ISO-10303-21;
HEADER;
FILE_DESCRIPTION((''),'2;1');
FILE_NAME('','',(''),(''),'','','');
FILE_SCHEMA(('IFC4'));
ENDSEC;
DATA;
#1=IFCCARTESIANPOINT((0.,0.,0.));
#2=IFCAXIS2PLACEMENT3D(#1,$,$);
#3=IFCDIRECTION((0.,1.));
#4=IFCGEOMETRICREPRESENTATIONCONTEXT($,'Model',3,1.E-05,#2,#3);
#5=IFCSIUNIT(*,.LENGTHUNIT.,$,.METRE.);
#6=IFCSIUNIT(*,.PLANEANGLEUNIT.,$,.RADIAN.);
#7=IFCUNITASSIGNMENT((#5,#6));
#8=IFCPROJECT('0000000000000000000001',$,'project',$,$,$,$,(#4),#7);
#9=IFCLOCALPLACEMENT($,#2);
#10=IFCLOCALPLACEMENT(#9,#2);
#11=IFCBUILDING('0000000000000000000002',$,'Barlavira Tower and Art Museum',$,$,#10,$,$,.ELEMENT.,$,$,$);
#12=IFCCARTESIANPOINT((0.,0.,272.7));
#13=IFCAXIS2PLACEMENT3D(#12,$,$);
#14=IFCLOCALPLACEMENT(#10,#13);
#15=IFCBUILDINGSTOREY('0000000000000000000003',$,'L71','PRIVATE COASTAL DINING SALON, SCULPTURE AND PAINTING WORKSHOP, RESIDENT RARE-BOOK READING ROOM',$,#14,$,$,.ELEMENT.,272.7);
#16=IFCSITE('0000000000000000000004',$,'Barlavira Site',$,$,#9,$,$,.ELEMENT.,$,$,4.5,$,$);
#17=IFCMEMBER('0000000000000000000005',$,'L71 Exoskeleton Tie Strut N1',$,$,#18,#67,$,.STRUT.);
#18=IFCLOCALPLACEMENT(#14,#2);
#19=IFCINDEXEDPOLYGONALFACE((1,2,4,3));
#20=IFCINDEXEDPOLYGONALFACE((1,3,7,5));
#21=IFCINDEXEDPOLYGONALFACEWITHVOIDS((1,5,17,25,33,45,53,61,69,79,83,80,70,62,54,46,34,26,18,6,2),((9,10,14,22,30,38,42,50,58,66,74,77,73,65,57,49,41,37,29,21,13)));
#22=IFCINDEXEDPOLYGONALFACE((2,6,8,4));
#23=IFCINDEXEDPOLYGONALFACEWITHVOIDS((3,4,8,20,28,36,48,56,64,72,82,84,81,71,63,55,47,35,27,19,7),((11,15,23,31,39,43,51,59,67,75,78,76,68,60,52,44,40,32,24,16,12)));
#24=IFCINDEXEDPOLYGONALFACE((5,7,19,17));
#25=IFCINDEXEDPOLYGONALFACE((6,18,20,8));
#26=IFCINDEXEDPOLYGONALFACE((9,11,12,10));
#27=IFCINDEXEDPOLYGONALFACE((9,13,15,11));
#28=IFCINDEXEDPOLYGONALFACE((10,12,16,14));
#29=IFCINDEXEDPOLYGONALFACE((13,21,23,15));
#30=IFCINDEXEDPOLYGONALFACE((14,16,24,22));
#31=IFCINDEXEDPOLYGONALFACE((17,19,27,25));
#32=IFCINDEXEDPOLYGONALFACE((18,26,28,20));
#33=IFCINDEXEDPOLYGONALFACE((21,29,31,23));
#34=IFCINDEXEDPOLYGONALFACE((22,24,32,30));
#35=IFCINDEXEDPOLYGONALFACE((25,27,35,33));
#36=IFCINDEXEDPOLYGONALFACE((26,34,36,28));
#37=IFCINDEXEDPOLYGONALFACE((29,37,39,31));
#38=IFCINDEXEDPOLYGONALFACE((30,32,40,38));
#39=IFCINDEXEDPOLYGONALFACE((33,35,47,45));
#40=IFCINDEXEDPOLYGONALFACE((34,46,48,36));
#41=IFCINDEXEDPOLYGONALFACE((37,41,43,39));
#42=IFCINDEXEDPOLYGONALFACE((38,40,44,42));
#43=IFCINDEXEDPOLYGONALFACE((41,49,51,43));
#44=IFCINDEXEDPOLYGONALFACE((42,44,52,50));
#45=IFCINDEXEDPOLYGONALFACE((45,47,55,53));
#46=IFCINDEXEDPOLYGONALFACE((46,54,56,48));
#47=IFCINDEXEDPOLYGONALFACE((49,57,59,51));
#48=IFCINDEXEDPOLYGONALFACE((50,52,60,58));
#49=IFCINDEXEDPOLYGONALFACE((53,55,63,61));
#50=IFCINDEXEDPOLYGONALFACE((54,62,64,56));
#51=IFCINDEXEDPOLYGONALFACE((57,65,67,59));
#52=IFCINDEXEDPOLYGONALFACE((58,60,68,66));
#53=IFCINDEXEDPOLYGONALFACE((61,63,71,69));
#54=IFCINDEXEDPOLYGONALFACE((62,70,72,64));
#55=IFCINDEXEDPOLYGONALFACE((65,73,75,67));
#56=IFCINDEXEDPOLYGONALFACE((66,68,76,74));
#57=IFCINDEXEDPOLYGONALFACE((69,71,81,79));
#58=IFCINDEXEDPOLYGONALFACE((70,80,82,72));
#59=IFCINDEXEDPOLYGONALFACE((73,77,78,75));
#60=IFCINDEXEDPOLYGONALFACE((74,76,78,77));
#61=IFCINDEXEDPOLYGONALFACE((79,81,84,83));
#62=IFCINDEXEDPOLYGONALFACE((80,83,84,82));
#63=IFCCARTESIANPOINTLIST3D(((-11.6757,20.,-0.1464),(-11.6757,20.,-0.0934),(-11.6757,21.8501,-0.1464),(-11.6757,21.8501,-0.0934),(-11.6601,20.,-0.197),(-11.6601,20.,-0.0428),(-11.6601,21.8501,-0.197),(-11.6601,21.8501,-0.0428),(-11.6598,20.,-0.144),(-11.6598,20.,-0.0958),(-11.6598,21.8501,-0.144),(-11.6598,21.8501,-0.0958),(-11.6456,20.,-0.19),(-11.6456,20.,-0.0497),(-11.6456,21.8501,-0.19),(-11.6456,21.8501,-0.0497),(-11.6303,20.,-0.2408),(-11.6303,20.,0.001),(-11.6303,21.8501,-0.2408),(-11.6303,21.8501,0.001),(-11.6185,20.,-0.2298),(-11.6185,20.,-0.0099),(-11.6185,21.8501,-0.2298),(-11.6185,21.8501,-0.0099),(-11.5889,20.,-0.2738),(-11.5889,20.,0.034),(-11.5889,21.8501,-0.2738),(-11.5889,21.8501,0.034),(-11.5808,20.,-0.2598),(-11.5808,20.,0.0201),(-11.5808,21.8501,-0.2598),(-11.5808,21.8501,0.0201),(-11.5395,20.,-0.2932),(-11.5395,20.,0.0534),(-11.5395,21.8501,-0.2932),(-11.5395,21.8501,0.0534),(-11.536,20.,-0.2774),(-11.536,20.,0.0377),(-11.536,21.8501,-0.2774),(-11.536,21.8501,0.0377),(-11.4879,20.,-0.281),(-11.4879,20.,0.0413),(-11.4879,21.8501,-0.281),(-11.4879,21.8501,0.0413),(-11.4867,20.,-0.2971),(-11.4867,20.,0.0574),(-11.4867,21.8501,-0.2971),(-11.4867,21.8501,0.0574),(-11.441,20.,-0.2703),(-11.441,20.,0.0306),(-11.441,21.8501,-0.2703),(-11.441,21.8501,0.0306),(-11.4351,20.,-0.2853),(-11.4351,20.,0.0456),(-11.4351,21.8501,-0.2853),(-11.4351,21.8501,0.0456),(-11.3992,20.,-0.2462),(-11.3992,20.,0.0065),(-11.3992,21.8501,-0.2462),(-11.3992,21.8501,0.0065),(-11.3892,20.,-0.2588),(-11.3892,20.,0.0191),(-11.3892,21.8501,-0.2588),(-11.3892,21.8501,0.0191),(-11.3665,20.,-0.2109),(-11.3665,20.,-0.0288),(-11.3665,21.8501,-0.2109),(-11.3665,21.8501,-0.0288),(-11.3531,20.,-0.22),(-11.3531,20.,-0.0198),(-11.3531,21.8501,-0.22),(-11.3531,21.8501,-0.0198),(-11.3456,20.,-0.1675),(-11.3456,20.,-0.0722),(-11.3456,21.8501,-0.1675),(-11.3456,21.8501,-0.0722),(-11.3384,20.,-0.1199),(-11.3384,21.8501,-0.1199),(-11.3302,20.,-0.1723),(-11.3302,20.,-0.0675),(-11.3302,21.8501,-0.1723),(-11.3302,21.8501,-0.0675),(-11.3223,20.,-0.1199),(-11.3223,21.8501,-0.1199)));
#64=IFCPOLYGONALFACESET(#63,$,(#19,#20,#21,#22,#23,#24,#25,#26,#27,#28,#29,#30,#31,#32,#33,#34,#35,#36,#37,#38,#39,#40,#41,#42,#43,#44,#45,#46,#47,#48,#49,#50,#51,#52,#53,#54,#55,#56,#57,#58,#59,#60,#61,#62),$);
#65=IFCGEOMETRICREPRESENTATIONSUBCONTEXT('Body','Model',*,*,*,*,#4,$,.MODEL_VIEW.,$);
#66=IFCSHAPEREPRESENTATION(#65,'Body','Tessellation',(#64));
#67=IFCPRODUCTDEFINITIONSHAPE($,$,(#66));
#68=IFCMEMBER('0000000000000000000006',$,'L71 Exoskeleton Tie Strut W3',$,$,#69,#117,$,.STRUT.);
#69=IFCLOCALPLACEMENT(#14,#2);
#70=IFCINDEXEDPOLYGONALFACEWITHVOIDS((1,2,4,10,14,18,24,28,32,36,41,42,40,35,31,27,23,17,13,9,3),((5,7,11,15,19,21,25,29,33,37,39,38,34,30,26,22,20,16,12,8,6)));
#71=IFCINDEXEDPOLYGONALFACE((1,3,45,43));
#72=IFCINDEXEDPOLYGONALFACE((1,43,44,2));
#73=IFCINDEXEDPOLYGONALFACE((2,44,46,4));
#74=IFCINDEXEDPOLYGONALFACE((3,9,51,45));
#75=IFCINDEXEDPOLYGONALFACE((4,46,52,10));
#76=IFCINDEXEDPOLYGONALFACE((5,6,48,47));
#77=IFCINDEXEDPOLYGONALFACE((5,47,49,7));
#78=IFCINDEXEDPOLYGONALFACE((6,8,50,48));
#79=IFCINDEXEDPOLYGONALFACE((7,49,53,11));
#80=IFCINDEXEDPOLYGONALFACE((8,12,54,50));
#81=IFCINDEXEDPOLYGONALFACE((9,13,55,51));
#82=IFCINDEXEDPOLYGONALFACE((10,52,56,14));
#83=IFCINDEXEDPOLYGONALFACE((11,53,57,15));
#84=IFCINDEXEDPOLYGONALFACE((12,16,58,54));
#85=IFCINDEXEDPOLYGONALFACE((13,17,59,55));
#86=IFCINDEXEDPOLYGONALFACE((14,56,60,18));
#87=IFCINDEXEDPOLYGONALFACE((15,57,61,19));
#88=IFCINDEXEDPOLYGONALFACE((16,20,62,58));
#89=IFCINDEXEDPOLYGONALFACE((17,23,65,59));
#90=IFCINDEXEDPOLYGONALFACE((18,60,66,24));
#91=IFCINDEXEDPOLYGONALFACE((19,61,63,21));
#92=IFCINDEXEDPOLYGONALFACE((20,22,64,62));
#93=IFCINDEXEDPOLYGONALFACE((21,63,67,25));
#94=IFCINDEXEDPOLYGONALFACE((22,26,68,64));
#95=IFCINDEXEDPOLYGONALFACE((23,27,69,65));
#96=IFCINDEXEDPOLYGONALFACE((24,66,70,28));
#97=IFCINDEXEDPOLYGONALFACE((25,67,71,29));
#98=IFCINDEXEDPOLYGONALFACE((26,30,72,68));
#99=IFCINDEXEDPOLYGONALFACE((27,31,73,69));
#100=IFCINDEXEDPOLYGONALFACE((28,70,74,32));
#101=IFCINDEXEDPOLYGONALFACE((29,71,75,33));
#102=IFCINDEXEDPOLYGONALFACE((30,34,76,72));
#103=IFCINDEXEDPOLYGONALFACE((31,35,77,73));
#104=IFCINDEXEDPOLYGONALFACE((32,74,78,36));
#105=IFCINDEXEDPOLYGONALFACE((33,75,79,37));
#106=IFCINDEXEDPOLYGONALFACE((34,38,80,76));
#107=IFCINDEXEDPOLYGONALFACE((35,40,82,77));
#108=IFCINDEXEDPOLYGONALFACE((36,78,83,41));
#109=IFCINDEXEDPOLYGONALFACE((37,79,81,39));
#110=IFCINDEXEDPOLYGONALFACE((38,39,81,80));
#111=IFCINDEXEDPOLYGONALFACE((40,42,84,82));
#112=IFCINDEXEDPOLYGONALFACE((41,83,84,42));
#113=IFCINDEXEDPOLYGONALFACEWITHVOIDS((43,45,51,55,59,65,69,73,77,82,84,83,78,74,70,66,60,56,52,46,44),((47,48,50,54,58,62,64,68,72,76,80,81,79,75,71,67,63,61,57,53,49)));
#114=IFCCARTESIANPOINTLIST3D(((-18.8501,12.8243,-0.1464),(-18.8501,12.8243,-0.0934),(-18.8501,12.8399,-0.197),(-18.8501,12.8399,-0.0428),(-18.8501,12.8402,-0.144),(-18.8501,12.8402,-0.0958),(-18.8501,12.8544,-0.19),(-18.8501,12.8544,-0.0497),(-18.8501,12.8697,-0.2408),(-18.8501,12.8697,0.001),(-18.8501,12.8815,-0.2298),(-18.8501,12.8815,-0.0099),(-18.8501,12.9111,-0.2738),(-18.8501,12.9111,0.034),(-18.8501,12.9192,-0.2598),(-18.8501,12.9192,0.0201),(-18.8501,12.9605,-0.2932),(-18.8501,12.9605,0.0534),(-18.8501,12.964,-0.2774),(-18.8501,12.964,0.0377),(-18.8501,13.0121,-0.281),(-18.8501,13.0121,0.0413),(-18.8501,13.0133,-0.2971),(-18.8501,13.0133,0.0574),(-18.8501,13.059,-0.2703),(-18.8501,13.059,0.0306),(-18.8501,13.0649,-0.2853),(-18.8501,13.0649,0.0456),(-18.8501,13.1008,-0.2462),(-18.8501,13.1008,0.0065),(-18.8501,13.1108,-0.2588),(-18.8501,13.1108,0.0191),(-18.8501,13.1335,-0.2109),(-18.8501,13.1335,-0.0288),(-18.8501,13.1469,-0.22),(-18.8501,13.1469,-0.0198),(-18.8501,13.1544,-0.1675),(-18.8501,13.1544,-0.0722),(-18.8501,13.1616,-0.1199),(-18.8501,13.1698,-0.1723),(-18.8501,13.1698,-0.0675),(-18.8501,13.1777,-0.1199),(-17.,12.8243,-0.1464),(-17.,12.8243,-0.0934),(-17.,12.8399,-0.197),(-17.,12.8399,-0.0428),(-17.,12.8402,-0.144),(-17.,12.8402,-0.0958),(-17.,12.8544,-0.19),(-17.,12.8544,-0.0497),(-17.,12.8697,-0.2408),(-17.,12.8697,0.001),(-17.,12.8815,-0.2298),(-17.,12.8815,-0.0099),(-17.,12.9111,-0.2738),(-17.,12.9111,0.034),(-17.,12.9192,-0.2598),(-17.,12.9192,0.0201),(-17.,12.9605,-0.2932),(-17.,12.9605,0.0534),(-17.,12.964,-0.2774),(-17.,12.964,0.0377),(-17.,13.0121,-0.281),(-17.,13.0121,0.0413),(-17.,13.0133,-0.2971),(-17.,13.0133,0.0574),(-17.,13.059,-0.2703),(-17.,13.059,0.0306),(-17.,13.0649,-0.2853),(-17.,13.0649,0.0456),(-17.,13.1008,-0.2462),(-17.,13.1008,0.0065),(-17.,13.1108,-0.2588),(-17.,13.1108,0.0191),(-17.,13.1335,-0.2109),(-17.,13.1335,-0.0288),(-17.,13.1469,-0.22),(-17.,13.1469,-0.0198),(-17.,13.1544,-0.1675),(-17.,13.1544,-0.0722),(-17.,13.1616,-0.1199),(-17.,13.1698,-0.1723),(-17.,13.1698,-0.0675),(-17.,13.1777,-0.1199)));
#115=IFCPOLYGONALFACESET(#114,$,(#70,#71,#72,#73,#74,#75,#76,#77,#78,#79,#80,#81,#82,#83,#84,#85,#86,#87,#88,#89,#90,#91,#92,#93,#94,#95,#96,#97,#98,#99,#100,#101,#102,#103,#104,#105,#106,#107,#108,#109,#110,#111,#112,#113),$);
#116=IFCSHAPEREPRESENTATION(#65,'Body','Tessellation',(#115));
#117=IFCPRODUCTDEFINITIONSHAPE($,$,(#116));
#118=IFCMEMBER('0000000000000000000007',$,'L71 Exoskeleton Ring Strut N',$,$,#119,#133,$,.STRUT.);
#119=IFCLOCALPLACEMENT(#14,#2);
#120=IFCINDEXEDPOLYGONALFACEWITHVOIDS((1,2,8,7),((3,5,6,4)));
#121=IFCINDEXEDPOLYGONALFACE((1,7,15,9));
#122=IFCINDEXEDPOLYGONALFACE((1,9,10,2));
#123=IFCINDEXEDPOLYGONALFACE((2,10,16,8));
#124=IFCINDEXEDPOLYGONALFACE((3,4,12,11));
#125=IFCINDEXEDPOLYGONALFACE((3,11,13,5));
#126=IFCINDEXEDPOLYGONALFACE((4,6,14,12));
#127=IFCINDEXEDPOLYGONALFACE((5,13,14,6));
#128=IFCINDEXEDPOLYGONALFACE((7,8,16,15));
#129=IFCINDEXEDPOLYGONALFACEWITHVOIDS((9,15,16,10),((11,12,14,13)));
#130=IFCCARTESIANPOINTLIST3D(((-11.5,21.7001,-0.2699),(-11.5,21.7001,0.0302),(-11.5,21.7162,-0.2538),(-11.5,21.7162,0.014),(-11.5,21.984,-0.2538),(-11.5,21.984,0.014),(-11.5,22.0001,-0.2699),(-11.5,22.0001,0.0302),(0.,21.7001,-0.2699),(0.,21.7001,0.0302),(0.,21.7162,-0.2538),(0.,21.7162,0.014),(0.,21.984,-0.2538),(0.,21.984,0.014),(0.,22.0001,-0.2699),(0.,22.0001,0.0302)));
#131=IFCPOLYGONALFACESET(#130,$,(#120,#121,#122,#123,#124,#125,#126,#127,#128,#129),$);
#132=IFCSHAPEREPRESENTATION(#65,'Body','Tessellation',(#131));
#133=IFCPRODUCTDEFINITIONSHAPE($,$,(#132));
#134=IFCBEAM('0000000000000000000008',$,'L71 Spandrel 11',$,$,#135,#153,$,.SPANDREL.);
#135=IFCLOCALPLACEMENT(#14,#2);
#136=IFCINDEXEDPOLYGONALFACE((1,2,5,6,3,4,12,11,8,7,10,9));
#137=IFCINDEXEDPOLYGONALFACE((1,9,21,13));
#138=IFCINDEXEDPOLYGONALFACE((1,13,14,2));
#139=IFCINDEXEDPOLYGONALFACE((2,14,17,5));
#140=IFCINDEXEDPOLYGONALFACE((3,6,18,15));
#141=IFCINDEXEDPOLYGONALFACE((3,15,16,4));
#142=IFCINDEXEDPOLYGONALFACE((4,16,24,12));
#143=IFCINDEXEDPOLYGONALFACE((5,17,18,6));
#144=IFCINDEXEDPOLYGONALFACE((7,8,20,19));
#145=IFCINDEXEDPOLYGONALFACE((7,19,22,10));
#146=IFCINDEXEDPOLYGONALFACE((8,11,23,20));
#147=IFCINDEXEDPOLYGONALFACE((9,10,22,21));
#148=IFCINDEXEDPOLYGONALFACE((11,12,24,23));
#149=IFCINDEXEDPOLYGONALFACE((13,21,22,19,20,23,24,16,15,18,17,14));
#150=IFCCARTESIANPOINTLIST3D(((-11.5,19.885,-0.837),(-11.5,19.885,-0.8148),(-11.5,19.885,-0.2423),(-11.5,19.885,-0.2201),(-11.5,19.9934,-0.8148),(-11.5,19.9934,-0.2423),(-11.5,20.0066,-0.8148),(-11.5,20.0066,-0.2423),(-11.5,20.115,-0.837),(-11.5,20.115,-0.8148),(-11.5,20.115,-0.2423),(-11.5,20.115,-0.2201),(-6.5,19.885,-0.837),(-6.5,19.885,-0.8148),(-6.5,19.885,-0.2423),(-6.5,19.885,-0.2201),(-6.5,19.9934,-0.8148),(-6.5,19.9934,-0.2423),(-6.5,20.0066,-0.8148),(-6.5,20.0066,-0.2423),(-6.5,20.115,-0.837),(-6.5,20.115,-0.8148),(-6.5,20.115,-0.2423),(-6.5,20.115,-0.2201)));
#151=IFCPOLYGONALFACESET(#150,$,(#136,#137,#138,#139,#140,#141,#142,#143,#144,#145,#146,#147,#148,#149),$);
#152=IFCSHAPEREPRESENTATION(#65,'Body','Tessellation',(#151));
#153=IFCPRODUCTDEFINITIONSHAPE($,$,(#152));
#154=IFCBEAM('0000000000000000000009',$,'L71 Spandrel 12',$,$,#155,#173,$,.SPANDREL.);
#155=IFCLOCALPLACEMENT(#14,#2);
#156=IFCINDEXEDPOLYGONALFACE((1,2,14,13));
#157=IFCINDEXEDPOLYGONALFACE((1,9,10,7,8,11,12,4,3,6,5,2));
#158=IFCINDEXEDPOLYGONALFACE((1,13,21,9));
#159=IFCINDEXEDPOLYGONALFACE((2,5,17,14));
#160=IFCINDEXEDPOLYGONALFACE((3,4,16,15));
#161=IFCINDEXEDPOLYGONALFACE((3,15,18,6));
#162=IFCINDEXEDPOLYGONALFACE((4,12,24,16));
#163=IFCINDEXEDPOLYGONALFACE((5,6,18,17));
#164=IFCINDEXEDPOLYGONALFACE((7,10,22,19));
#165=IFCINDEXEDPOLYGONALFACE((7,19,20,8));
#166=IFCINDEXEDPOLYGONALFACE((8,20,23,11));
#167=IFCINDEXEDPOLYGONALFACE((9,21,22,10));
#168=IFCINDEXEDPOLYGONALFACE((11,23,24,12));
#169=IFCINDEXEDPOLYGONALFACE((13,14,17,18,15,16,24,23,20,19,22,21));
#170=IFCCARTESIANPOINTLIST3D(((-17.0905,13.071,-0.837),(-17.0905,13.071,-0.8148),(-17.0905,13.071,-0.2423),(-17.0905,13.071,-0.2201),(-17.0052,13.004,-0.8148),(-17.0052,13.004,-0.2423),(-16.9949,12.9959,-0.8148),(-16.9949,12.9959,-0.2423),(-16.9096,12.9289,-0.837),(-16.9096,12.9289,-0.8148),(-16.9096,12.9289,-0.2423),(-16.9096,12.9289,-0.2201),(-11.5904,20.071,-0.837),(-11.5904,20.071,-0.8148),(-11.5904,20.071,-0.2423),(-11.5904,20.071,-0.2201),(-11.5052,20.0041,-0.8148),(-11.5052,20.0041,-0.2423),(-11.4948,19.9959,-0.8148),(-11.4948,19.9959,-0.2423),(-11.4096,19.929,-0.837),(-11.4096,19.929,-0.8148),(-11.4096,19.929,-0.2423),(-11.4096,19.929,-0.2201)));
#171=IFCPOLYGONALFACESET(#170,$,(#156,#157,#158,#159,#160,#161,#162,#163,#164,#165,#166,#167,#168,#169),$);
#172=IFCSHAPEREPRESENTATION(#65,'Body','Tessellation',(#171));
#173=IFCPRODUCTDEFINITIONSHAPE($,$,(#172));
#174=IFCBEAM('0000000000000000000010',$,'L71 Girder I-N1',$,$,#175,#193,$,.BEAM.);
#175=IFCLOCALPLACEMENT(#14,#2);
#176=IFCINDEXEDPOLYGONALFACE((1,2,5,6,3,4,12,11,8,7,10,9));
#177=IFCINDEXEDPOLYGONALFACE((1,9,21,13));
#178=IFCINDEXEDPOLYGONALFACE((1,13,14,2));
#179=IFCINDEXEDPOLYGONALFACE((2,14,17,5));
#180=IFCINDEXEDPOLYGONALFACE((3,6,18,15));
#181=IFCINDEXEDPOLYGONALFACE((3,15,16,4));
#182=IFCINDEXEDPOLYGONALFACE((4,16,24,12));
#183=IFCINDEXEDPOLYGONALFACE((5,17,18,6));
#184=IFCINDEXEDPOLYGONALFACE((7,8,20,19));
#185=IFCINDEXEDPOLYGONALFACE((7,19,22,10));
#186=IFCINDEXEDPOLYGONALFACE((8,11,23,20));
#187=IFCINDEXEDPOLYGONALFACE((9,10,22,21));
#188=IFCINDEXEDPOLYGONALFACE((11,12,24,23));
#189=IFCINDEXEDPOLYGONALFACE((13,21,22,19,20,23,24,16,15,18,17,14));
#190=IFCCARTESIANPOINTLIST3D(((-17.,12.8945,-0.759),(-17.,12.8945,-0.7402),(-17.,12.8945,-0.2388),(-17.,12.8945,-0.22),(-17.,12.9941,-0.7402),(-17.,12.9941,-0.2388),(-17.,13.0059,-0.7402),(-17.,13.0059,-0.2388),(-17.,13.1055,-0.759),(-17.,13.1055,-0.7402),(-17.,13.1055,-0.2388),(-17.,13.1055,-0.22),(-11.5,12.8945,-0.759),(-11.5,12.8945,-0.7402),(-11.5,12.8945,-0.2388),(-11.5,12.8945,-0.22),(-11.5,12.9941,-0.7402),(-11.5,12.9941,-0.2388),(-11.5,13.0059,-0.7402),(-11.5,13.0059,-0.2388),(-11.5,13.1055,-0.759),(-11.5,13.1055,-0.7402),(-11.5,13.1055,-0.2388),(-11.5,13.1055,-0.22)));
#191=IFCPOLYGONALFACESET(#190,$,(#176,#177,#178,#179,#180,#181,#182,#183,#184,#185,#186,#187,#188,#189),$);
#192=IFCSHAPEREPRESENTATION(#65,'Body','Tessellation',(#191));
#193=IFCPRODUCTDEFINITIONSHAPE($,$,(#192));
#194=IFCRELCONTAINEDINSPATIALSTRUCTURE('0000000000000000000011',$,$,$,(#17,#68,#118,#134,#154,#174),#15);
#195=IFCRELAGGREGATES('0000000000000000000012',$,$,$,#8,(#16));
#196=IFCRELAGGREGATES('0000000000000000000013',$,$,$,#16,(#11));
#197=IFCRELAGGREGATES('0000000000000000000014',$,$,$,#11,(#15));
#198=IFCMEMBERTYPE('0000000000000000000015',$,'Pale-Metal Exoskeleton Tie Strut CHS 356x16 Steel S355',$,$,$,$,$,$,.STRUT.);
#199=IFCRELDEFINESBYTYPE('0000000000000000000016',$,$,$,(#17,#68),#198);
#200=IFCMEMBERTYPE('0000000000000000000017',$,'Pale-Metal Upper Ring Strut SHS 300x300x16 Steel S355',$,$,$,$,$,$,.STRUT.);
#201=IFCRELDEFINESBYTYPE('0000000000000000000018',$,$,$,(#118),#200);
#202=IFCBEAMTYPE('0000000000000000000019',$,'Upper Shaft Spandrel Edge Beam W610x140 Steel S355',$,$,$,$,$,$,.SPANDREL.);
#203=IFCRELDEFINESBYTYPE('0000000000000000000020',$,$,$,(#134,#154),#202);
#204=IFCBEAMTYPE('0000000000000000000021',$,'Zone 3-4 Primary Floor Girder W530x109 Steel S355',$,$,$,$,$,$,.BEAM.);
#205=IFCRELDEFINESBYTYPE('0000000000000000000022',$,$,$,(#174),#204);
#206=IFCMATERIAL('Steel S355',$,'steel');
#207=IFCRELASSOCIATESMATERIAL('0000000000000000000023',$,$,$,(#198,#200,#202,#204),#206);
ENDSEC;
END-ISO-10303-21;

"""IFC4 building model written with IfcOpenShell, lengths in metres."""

from ifc_helpers import new_model, si_unit, direction, frame, origin, origin_2d, place, context, subcontext, project, spatial, hollow_rectangle, hollow_circle, i_section, extrude, material, material_profile, profile_set, type_object, element, save


model = new_model("IFC4")

# Units and contexts
model_context = context("Model", 3, precision=1e-05, world=origin(), true_north=direction((0.0, 1.0)))
body_context = subcontext(model_context, "Body", "Model", "MODEL_VIEW")
ifc_project = project(units=[si_unit("LENGTHUNIT", "METRE"), si_unit("PLANEANGLEUNIT", "RADIAN")], contexts=[model_context])

# Site, building, storey
site_placement = place(None, origin())
site = spatial("IfcSite", under=ifc_project, at=site_placement, Name="Barlavira Site", CompositionType="ELEMENT", RefElevation=4.5)
building_placement = place(site_placement, origin())
building = spatial("IfcBuilding", under=site, at=building_placement, Name="Barlavira Tower and Art Museum", CompositionType="ELEMENT")
storey_placement = place(building_placement, frame((0.0, 0.0, 272.7)))
storey = spatial("IfcBuildingStorey", under=building, at=storey_placement, Name="L71", Description="PRIVATE COASTAL DINING SALON, SCULPTURE AND PAINTING WORKSHOP, RESIDENT RARE-BOOK READING ROOM", CompositionType="ELEMENT", Elevation=272.7)

# Shared definitions
ifc_material_1 = material(Name="Steel S355", Category="steel")

# Members
ifc_material_profile_1 = material_profile(ifc_material_1, hollow_circle(Radius=0.1777, WallThickness=0.0161, at=origin_2d()), Name="CHS 355.6x16.0")
ifc_profile_set_1 = profile_set([ifc_material_profile_1], Name="Steel S355")
member_type_1 = type_object("IfcMemberType", Name="Pale-Metal Exoskeleton Tie Strut CHS 356x16 Steel S355", PredefinedType="STRUT", material=ifc_profile_set_1)
for number, where, z_axis, x_axis, name in (
    (1, (-11.5, 21.8501, -0.1199), (0.0, -1.0, 0.0), (1.0, 0.0, 0.0), "L71 Exoskeleton Tie Strut N1"),
    (2, (-18.8501, 13.0, -0.1199), (1.0, 0.0, 0.0), (0.0, 1.0, 0.0), "L71 Exoskeleton Tie Strut W3"),
):
    element("IfcMember", number, at=place(storey_placement, frame(where, z_axis=z_axis, x_axis=x_axis)), inside=storey, type_object=member_type_1, Name=name, PredefinedType="STRUT", context=body_context, shape_type="SweptSolid", body=[
        extrude(hollow_circle(Radius=0.1777, WallThickness=0.0161, at=origin_2d()), origin(), (0.0, 0.0, 1.0), 1.8501),
    ])
ifc_material_profile_2 = material_profile(ifc_material_1, hollow_rectangle(XDim=0.3, YDim=0.3, WallThickness=0.0161, at=origin_2d()), Name="SHS 300x300x16.0")
ifc_profile_set_2 = profile_set([ifc_material_profile_2], Name="Steel S355")
member_type_2 = type_object("IfcMemberType", Name="Pale-Metal Upper Ring Strut SHS 300x300x16 Steel S355", PredefinedType="STRUT", material=ifc_profile_set_2)
member_1_placement = place(storey_placement, frame((-11.5, 21.8501, -0.1199), z_axis=(1.0, 0.0, 0.0), x_axis=(0.0, 1.0, 0.0)))
element("IfcMember", 3, at=member_1_placement, inside=storey, type_object=member_type_2, Name="L71 Exoskeleton Ring Strut N", PredefinedType="STRUT", context=body_context, shape_type="SweptSolid", body=[
    extrude(hollow_rectangle(XDim=0.3, YDim=0.3, WallThickness=0.0161, at=origin_2d()), origin(), (0.0, 0.0, 1.0), 11.5),
])

# Beams
ifc_material_profile_3 = material_profile(ifc_material_1, i_section(OverallWidth=0.23, OverallDepth=0.6169, WebThickness=0.0132, FlangeThickness=0.0222, at=origin_2d()), Name="W610x140.0")
ifc_profile_set_3 = profile_set([ifc_material_profile_3], Name="Steel S355")
beam_type_1 = type_object("IfcBeamType", Name="Upper Shaft Spandrel Edge Beam W610x140 Steel S355", PredefinedType="SPANDREL", material=ifc_profile_set_3)
beam_1_placement = place(storey_placement, frame((-11.5, 20.0, -0.5286), z_axis=(1.0, 0.0, 0.0), x_axis=(0.0, 1.0, 0.0)))
element("IfcBeam", 4, at=beam_1_placement, inside=storey, type_object=beam_type_1, Name="L71 Spandrel 11", PredefinedType="SPANDREL", context=body_context, shape_type="SweptSolid", body=[
    extrude(i_section(OverallWidth=0.23, OverallDepth=0.6169, WebThickness=0.0132, FlangeThickness=0.0222, at=origin_2d()), origin(), (0.0, 0.0, 1.0), 5.0),
])
beam_2_placement = place(storey_placement, frame((-11.5, 20.0, -0.5286), z_axis=(-0.617822, -0.786318, 0.0), x_axis=(0.786318, -0.617822, 0.0)))
element("IfcBeam", 5, at=beam_2_placement, inside=storey, type_object=beam_type_1, Name="L71 Spandrel 12", PredefinedType="SPANDREL", context=body_context, shape_type="SweptSolid", body=[
    extrude(i_section(OverallWidth=0.23, OverallDepth=0.6169, WebThickness=0.0132, FlangeThickness=0.0222, at=origin_2d()), origin(), (0.0, 0.0, 1.0), 8.9023),
])
ifc_material_profile_4 = material_profile(ifc_material_1, i_section(OverallWidth=0.2109, OverallDepth=0.5391, WebThickness=0.0117, FlangeThickness=0.0188, at=origin_2d()), Name="W530x109.0")
ifc_profile_set_4 = profile_set([ifc_material_profile_4], Name="Steel S355")
beam_type_2 = type_object("IfcBeamType", Name="Zone 3-4 Primary Floor Girder W530x109 Steel S355", PredefinedType="BEAM", material=ifc_profile_set_4)
beam_3_placement = place(storey_placement, frame((-17.0, 13.0, -0.4895), z_axis=(1.0, 0.0, 0.0), x_axis=(0.0, 1.0, 0.0)))
element("IfcBeam", 6, at=beam_3_placement, inside=storey, type_object=beam_type_2, Name="L71 Girder I-N1", PredefinedType="BEAM", context=body_context, shape_type="SweptSolid", body=[
    extrude(i_section(OverallWidth=0.2109, OverallDepth=0.5391, WebThickness=0.0117, FlangeThickness=0.0188, at=origin_2d()), origin(), (0.0, 0.0, 1.0), 5.5),
])

save(model, "model.ifc")
